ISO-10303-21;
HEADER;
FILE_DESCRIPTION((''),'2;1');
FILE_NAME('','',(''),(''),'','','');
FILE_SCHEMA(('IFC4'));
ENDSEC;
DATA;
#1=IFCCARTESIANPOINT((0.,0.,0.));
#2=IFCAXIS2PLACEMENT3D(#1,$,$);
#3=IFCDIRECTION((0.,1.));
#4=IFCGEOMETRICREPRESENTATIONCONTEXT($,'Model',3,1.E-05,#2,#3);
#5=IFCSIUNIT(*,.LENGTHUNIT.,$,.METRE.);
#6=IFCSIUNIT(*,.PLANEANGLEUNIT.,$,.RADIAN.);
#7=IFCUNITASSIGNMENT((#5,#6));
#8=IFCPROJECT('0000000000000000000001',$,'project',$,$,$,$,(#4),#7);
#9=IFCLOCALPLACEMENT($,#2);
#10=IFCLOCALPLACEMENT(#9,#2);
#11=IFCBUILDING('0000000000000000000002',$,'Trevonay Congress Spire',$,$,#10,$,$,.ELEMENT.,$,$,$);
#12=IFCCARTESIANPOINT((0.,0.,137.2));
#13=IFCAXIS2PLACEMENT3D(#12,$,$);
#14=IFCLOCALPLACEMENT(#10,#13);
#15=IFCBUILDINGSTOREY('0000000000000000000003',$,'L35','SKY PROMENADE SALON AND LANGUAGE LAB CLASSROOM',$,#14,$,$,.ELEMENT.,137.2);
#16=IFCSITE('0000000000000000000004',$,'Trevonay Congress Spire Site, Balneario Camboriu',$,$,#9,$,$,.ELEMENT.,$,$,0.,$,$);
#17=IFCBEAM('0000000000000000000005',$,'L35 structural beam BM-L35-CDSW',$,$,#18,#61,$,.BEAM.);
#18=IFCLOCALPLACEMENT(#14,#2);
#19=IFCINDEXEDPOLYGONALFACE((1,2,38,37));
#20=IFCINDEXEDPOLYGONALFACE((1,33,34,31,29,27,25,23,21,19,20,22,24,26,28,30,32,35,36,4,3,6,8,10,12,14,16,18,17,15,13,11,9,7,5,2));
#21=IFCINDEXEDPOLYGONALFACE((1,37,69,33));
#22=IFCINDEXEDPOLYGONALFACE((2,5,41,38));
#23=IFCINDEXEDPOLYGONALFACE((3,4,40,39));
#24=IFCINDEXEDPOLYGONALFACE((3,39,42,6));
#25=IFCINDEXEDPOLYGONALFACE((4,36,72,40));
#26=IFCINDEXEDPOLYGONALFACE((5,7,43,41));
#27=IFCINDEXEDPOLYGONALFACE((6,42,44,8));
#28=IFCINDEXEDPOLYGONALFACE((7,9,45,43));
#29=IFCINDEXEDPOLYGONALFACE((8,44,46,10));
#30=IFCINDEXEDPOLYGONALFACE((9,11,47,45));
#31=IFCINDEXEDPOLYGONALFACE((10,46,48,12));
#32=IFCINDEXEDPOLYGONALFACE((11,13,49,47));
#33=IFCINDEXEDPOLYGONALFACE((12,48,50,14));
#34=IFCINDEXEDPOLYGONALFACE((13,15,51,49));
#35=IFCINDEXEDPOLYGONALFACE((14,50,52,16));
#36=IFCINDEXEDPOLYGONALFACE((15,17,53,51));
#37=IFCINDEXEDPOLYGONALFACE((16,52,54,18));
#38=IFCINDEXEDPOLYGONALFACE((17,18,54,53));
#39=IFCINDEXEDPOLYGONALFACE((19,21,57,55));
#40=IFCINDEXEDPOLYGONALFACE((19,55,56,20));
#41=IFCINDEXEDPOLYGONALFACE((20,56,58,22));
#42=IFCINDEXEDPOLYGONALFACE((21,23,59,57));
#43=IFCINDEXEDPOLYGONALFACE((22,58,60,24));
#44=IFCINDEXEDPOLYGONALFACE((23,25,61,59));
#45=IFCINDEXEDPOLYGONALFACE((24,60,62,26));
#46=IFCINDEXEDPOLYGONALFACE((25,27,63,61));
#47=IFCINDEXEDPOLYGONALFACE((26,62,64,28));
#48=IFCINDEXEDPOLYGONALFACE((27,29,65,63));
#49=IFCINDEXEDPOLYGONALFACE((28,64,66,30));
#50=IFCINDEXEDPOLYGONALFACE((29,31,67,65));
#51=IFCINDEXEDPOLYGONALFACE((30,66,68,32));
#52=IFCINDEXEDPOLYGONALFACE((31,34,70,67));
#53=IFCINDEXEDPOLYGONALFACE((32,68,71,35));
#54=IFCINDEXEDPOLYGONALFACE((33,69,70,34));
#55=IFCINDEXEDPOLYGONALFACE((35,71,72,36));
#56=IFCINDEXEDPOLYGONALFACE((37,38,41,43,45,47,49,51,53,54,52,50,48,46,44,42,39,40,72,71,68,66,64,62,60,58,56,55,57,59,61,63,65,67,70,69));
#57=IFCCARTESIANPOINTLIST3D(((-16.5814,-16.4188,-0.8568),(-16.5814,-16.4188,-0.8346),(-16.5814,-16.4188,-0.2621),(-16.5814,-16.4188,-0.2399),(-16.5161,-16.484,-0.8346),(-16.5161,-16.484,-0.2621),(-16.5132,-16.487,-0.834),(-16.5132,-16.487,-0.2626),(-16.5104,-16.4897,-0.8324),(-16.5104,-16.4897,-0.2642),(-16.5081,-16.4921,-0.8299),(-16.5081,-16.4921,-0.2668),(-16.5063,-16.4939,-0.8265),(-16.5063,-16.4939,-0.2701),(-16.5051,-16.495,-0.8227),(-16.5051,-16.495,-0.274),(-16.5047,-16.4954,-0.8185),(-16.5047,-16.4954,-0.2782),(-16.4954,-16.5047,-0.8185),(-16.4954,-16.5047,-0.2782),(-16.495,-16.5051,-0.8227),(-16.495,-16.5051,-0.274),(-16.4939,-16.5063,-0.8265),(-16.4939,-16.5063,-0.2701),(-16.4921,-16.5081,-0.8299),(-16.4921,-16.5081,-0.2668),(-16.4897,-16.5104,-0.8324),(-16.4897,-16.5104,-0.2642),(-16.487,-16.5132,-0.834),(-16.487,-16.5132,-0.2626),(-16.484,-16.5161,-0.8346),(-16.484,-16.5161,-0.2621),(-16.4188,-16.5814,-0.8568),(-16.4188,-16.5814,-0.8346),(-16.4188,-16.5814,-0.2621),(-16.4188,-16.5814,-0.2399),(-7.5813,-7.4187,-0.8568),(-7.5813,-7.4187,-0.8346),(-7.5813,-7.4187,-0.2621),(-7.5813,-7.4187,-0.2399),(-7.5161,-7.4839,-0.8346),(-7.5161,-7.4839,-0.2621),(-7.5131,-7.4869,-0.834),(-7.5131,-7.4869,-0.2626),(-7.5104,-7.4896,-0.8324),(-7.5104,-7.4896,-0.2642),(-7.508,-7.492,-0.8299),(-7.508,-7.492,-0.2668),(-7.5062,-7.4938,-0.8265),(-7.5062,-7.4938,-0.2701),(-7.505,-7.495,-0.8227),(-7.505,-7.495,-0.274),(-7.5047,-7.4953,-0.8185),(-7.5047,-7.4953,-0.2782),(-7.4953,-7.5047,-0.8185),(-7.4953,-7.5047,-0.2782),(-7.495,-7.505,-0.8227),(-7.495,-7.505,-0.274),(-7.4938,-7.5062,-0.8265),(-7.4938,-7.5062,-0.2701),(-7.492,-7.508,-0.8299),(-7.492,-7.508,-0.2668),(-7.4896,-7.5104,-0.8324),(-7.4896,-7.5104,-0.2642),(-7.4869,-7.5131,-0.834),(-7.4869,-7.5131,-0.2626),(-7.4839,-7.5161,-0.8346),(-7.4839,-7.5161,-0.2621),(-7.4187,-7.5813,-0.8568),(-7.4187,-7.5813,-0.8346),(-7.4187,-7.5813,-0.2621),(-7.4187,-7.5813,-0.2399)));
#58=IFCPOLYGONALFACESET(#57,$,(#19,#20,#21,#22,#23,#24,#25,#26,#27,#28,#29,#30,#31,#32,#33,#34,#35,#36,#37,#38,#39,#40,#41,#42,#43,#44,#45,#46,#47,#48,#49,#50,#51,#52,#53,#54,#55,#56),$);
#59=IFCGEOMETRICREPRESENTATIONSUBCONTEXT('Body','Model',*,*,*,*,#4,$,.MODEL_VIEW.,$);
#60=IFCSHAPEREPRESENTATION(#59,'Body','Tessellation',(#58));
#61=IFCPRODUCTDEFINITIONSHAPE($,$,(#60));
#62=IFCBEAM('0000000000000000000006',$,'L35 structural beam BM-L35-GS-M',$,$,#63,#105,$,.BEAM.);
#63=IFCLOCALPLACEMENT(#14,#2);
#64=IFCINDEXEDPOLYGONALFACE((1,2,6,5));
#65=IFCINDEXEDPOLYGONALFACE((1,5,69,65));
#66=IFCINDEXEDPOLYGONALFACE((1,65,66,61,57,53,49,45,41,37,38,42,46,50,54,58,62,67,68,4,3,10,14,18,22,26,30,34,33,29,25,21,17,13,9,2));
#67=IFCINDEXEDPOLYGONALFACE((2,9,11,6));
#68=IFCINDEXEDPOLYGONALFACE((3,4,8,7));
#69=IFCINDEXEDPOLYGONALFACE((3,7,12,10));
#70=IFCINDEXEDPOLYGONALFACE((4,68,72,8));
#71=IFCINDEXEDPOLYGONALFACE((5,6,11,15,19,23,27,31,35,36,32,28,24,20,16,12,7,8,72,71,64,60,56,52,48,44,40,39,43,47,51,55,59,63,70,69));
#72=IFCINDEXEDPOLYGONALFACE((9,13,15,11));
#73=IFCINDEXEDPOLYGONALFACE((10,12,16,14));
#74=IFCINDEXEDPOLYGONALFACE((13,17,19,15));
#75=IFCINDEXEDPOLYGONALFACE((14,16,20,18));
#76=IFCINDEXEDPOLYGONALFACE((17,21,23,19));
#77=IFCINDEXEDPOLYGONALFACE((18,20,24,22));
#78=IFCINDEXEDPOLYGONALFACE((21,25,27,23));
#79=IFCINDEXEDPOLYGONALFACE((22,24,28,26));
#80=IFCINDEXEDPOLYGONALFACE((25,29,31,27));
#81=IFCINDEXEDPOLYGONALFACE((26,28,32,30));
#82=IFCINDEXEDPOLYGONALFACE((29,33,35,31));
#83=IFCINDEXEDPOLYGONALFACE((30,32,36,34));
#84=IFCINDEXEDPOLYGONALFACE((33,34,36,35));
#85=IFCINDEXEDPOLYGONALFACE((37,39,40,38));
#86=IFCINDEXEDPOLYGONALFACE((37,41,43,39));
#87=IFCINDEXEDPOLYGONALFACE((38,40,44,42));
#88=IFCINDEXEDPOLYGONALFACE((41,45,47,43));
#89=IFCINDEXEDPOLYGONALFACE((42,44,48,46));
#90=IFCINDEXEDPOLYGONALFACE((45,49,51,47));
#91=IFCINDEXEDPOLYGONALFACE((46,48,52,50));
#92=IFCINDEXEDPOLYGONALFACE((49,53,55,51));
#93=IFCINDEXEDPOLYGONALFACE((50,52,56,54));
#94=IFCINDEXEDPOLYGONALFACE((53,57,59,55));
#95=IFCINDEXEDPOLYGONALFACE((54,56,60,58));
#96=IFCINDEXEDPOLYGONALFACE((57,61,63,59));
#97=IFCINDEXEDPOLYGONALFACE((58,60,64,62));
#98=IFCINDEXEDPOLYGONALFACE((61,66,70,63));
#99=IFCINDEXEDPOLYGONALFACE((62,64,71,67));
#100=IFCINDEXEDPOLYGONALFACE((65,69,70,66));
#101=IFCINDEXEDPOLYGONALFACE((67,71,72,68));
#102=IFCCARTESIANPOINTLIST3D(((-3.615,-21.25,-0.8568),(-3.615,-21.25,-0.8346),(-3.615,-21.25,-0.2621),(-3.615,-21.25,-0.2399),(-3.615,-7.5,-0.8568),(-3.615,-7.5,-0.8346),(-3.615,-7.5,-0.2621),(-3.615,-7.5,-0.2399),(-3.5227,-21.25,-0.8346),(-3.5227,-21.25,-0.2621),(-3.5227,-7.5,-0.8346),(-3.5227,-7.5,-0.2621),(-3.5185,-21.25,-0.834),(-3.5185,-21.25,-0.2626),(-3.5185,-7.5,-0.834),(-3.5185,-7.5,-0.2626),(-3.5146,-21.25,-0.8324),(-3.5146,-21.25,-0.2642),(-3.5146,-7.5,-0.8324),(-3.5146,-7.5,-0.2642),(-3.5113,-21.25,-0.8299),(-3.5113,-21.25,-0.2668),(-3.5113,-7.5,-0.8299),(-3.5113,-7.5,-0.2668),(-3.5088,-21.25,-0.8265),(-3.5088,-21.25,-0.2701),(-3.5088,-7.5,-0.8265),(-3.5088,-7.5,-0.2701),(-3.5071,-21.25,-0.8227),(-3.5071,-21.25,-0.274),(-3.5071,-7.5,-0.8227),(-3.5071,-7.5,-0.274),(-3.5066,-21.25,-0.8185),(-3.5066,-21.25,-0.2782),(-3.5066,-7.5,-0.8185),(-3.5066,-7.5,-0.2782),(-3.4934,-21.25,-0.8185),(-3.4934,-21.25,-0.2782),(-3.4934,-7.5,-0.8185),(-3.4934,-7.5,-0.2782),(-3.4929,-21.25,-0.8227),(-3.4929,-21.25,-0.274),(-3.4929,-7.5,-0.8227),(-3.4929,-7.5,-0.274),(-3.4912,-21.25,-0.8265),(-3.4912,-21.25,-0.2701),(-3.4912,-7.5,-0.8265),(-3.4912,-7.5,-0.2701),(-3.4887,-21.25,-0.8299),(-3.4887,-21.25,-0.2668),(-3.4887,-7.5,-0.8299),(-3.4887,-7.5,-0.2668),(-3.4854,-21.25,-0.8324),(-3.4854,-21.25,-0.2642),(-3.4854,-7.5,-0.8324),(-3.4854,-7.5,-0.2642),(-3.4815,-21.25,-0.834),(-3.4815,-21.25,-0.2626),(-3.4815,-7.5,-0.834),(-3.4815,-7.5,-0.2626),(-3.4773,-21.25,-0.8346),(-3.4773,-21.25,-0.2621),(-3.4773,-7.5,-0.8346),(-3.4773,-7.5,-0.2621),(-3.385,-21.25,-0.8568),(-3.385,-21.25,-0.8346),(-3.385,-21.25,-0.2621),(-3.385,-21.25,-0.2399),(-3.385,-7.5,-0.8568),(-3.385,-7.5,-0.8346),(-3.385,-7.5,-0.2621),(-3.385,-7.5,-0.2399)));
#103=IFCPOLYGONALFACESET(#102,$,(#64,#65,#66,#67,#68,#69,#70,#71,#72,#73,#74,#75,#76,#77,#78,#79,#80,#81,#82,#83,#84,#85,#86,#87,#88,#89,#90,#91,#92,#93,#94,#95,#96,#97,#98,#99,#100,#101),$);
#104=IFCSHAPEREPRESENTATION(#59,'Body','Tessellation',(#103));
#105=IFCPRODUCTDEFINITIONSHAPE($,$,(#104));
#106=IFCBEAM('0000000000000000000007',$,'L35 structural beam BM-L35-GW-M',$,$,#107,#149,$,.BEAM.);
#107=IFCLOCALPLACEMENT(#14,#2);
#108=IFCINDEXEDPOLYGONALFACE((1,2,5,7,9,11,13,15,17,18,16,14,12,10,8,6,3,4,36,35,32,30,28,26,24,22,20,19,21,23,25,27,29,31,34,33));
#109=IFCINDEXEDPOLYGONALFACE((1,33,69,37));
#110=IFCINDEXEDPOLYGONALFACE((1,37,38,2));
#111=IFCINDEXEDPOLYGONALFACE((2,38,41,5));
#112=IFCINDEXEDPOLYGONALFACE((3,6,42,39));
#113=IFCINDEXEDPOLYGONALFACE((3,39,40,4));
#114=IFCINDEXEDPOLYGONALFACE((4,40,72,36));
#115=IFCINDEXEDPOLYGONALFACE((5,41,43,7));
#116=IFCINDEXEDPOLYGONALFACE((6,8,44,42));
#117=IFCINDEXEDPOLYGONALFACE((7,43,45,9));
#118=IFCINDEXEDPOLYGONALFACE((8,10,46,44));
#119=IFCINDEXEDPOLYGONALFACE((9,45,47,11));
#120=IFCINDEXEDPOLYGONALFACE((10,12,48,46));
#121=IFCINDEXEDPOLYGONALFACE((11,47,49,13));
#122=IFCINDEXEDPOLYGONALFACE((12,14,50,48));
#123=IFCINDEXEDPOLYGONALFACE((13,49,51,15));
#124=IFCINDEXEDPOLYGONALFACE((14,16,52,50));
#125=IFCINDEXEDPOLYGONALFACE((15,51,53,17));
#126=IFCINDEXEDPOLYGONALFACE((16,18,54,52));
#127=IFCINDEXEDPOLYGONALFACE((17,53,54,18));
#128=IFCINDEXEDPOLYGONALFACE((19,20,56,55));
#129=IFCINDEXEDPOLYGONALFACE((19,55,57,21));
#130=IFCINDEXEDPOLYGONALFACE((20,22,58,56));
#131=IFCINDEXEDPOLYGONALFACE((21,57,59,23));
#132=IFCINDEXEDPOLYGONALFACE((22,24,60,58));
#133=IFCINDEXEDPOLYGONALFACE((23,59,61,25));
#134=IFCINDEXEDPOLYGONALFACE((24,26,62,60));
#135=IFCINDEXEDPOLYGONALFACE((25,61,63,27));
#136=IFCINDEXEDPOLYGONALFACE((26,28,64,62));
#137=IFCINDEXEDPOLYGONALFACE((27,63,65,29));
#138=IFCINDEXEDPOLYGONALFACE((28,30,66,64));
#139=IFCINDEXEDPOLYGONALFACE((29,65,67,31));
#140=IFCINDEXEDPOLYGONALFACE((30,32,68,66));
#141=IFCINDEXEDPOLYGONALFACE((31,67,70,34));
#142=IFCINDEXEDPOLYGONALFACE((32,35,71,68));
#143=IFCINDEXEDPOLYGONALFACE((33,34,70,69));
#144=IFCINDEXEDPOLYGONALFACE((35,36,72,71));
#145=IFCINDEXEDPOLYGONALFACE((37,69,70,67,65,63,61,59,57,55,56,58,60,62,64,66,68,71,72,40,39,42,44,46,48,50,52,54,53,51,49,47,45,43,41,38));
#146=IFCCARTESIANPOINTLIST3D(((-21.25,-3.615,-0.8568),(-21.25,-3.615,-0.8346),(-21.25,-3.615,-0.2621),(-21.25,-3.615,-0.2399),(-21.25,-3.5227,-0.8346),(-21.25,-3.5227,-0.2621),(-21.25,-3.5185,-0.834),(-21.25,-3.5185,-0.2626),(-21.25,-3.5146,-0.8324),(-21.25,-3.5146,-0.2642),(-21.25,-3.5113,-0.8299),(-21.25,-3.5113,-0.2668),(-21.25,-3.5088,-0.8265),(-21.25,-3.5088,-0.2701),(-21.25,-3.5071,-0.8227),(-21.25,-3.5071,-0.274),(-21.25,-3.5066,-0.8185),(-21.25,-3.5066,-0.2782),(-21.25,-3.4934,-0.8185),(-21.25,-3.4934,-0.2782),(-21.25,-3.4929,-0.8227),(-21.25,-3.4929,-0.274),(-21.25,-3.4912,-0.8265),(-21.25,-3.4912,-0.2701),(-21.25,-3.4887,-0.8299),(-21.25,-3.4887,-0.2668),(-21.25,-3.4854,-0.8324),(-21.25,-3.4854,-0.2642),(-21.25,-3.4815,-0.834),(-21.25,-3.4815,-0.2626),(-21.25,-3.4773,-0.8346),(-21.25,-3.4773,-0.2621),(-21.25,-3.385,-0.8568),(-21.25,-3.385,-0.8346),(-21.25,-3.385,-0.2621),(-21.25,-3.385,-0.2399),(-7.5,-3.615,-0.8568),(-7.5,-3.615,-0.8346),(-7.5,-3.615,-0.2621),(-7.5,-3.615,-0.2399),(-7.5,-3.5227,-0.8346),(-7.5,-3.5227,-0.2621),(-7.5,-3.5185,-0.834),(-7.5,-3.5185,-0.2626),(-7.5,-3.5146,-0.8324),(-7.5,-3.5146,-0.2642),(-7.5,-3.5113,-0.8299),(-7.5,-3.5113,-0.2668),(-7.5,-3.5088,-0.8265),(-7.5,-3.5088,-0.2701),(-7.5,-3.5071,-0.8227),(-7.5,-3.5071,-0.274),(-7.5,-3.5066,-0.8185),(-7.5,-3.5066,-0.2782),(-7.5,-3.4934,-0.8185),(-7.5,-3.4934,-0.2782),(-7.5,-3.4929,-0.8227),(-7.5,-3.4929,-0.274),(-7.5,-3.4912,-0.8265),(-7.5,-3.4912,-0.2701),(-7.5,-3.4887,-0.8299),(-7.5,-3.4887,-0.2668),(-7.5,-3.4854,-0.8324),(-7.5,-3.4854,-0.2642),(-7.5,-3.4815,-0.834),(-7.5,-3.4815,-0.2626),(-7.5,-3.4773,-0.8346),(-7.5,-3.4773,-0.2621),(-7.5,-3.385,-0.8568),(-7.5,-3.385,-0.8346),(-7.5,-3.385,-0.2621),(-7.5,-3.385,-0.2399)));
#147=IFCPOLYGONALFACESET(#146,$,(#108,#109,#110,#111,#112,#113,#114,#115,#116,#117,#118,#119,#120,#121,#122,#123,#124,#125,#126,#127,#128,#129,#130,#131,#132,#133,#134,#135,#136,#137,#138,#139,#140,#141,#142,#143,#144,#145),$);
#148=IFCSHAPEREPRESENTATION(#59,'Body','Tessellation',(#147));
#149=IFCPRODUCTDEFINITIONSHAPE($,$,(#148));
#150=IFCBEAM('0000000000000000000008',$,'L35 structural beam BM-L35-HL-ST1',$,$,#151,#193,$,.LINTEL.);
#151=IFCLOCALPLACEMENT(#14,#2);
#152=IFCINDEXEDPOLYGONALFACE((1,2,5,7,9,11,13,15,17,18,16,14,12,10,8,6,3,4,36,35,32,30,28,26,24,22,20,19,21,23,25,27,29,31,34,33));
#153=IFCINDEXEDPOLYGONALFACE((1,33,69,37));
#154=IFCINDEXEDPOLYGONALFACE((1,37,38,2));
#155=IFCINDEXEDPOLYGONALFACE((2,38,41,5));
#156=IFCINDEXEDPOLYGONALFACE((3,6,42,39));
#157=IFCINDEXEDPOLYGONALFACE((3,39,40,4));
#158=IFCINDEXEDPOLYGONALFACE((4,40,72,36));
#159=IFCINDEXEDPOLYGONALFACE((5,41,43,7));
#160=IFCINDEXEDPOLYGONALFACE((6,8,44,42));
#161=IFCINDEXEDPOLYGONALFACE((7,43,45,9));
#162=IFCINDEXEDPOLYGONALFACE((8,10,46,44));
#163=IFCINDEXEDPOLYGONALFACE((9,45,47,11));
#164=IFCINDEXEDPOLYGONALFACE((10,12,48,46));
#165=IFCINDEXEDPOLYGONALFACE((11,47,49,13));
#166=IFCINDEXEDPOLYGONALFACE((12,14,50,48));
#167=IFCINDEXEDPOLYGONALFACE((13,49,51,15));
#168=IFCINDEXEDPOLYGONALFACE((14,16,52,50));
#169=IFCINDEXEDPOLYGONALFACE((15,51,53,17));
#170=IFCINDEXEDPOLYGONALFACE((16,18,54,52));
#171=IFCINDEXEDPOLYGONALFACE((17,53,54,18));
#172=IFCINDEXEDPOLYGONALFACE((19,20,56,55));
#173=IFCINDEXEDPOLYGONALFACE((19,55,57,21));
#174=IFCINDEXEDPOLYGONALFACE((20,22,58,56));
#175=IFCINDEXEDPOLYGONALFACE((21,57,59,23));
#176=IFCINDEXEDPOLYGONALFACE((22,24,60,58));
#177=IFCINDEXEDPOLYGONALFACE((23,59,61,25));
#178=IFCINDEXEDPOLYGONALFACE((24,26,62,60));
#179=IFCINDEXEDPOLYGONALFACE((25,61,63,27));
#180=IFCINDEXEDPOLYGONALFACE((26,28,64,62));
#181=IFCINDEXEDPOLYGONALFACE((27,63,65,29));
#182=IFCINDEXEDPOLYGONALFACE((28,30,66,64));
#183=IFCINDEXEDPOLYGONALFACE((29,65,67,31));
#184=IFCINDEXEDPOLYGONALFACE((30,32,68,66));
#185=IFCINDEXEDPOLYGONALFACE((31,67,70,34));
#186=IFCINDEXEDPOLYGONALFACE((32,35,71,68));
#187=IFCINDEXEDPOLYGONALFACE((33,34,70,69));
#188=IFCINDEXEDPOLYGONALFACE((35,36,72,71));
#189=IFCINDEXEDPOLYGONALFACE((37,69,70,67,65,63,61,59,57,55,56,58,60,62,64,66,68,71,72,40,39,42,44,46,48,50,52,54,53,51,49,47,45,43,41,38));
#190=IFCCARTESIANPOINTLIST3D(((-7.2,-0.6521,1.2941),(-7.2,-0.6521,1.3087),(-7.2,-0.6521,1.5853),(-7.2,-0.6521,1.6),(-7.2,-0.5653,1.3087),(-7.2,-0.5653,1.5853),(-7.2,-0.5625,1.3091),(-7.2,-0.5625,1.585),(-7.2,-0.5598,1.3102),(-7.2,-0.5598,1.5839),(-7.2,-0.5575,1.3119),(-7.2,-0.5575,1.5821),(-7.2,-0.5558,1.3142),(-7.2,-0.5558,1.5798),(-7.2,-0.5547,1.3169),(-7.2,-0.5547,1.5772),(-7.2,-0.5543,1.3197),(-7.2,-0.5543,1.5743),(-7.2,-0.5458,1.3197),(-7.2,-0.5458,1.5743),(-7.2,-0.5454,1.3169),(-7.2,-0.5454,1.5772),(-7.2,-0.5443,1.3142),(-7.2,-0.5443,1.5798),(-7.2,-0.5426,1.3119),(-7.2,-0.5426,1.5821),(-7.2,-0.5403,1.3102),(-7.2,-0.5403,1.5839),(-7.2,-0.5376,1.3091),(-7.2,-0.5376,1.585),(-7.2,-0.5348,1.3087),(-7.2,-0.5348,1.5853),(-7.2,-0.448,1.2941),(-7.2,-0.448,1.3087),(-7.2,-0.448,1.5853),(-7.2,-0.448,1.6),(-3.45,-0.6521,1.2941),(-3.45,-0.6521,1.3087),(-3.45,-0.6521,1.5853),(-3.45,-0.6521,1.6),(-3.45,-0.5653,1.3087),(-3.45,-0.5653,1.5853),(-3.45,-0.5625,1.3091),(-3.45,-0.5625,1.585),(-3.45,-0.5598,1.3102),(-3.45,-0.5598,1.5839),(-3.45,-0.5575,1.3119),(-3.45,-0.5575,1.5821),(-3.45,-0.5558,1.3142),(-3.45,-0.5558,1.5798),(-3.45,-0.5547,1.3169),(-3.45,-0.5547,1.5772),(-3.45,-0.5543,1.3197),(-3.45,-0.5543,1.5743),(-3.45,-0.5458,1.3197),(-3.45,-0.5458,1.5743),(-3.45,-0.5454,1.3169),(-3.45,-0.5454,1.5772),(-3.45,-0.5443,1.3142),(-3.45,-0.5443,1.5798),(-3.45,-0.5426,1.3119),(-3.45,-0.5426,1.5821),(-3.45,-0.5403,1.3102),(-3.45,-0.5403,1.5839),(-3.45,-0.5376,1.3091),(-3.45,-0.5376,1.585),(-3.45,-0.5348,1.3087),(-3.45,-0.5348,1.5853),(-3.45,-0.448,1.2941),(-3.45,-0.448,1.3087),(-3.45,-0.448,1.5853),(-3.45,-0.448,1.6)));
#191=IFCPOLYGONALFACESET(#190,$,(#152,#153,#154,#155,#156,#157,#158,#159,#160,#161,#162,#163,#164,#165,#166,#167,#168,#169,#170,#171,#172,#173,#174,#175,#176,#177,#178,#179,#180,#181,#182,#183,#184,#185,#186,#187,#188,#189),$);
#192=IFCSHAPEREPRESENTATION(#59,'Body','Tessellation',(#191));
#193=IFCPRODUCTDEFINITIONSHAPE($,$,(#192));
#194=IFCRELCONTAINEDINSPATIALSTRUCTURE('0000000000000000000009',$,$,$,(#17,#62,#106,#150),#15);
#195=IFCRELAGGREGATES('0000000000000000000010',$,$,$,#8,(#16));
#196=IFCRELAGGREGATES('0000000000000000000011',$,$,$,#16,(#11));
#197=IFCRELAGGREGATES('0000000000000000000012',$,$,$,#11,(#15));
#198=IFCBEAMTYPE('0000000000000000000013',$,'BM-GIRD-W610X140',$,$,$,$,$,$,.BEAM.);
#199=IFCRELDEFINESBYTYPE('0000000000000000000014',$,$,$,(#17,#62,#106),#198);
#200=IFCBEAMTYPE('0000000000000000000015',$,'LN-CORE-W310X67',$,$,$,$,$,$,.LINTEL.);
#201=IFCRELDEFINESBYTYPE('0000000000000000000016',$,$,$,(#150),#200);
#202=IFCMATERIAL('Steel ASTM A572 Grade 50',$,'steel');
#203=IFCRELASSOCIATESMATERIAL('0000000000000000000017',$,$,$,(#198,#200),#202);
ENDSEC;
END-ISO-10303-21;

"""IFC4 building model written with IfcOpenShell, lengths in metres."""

from ifc_helpers import new_model, si_unit, direction, frame, origin, origin_2d, place, context, subcontext, project, spatial, i_section, extrude, material, material_profile, profile_set, type_object, element, save


model = new_model("IFC4")

# Units and contexts
model_context = context("Model", 3, precision=1e-05, world=origin(), true_north=direction((0.0, 1.0)))
body_context = subcontext(model_context, "Body", "Model", "MODEL_VIEW")
ifc_project = project(units=[si_unit("LENGTHUNIT", "METRE"), si_unit("PLANEANGLEUNIT", "RADIAN")], contexts=[model_context])

# Site, building, storey
site_placement = place(None, origin())
site = spatial("IfcSite", under=ifc_project, at=site_placement, Name="Trevonay Congress Spire Site, Balneario Camboriu", CompositionType="ELEMENT", RefElevation=0.0)
building_placement = place(site_placement, origin())
building = spatial("IfcBuilding", under=site, at=building_placement, Name="Trevonay Congress Spire", CompositionType="ELEMENT")
storey_placement = place(building_placement, frame((0.0, 0.0, 137.2)))
storey = spatial("IfcBuildingStorey", under=building, at=storey_placement, Name="L35", Description="SKY PROMENADE SALON AND LANGUAGE LAB CLASSROOM", CompositionType="ELEMENT", Elevation=137.2)

# Shared definitions
ifc_material_1 = material(Name="Steel ASTM A572 Grade 50", Category="steel")

# Beams
ifc_material_profile_1 = material_profile(ifc_material_1, i_section(OverallWidth=0.23, OverallDepth=0.6169, WebThickness=0.0132, FlangeThickness=0.0222, FilletRadius=0.0161, at=origin_2d()), Name="W610x140")
ifc_profile_set_1 = profile_set([ifc_material_profile_1], Name="Steel ASTM A572 Grade 50")
beam_type_1 = type_object("IfcBeamType", Name="BM-GIRD-W610X140", PredefinedType="BEAM", material=ifc_profile_set_1)
beam_1_placement = place(storey_placement, frame((-7.5, -7.5, -0.5483), z_axis=(-0.707107, -0.707107, 0.0), x_axis=(0.707107, -0.707107, 0.0)))
element("IfcBeam", 1, at=beam_1_placement, inside=storey, type_object=beam_type_1, Name="L35 structural beam BM-L35-CDSW", PredefinedType="BEAM", context=body_context, shape_type="SweptSolid", body=[
    extrude(i_section(OverallWidth=0.23, OverallDepth=0.6169, WebThickness=0.0132, FlangeThickness=0.0222, FilletRadius=0.0161, at=origin_2d()), origin(), (0.0, 0.0, 1.0), 12.728),
])
for number, where, z_axis, x_axis, name in (
    (2, (-3.5, -7.5, -0.5483), (0.0, -1.0, 0.0), (1.0, 0.0, 0.0), "L35 structural beam BM-L35-GS-M"),
    (3, (-7.5, -3.5, -0.5483), (-1.0, 0.0, 0.0), (0.0, -1.0, 0.0), "L35 structural beam BM-L35-GW-M"),
):
    element("IfcBeam", number, at=place(storey_placement, frame(where, z_axis=z_axis, x_axis=x_axis)), inside=storey, type_object=beam_type_1, Name=name, PredefinedType="BEAM", context=body_context, shape_type="SweptSolid", body=[
        extrude(i_section(OverallWidth=0.23, OverallDepth=0.6169, WebThickness=0.0132, FlangeThickness=0.0222, FilletRadius=0.0161, at=origin_2d()), origin(), (0.0, 0.0, 1.0), 13.75),
    ])
ifc_material_profile_2 = material_profile(ifc_material_1, i_section(OverallWidth=0.2041, OverallDepth=0.3059, WebThickness=0.0085, FlangeThickness=0.0146, FilletRadius=0.011, at=origin_2d()), Name="W310x67")
ifc_profile_set_2 = profile_set([ifc_material_profile_2], Name="Steel ASTM A572 Grade 50")
beam_type_2 = type_object("IfcBeamType", Name="LN-CORE-W310X67", PredefinedType="LINTEL", material=ifc_profile_set_2)
beam_2_placement = place(storey_placement, frame((-7.2, -0.55, 1.447), z_axis=(1.0, 0.0, 0.0), x_axis=(0.0, 1.0, 0.0)))
element("IfcBeam", 4, at=beam_2_placement, inside=storey, type_object=beam_type_2, Name="L35 structural beam BM-L35-HL-ST1", PredefinedType="LINTEL", context=body_context, shape_type="SweptSolid", body=[
    extrude(i_section(OverallWidth=0.2041, OverallDepth=0.3059, WebThickness=0.0085, FlangeThickness=0.0146, FilletRadius=0.011, at=origin_2d()), origin(), (0.0, 0.0, 1.0), 3.75),
])

save(model, "model.ifc")
